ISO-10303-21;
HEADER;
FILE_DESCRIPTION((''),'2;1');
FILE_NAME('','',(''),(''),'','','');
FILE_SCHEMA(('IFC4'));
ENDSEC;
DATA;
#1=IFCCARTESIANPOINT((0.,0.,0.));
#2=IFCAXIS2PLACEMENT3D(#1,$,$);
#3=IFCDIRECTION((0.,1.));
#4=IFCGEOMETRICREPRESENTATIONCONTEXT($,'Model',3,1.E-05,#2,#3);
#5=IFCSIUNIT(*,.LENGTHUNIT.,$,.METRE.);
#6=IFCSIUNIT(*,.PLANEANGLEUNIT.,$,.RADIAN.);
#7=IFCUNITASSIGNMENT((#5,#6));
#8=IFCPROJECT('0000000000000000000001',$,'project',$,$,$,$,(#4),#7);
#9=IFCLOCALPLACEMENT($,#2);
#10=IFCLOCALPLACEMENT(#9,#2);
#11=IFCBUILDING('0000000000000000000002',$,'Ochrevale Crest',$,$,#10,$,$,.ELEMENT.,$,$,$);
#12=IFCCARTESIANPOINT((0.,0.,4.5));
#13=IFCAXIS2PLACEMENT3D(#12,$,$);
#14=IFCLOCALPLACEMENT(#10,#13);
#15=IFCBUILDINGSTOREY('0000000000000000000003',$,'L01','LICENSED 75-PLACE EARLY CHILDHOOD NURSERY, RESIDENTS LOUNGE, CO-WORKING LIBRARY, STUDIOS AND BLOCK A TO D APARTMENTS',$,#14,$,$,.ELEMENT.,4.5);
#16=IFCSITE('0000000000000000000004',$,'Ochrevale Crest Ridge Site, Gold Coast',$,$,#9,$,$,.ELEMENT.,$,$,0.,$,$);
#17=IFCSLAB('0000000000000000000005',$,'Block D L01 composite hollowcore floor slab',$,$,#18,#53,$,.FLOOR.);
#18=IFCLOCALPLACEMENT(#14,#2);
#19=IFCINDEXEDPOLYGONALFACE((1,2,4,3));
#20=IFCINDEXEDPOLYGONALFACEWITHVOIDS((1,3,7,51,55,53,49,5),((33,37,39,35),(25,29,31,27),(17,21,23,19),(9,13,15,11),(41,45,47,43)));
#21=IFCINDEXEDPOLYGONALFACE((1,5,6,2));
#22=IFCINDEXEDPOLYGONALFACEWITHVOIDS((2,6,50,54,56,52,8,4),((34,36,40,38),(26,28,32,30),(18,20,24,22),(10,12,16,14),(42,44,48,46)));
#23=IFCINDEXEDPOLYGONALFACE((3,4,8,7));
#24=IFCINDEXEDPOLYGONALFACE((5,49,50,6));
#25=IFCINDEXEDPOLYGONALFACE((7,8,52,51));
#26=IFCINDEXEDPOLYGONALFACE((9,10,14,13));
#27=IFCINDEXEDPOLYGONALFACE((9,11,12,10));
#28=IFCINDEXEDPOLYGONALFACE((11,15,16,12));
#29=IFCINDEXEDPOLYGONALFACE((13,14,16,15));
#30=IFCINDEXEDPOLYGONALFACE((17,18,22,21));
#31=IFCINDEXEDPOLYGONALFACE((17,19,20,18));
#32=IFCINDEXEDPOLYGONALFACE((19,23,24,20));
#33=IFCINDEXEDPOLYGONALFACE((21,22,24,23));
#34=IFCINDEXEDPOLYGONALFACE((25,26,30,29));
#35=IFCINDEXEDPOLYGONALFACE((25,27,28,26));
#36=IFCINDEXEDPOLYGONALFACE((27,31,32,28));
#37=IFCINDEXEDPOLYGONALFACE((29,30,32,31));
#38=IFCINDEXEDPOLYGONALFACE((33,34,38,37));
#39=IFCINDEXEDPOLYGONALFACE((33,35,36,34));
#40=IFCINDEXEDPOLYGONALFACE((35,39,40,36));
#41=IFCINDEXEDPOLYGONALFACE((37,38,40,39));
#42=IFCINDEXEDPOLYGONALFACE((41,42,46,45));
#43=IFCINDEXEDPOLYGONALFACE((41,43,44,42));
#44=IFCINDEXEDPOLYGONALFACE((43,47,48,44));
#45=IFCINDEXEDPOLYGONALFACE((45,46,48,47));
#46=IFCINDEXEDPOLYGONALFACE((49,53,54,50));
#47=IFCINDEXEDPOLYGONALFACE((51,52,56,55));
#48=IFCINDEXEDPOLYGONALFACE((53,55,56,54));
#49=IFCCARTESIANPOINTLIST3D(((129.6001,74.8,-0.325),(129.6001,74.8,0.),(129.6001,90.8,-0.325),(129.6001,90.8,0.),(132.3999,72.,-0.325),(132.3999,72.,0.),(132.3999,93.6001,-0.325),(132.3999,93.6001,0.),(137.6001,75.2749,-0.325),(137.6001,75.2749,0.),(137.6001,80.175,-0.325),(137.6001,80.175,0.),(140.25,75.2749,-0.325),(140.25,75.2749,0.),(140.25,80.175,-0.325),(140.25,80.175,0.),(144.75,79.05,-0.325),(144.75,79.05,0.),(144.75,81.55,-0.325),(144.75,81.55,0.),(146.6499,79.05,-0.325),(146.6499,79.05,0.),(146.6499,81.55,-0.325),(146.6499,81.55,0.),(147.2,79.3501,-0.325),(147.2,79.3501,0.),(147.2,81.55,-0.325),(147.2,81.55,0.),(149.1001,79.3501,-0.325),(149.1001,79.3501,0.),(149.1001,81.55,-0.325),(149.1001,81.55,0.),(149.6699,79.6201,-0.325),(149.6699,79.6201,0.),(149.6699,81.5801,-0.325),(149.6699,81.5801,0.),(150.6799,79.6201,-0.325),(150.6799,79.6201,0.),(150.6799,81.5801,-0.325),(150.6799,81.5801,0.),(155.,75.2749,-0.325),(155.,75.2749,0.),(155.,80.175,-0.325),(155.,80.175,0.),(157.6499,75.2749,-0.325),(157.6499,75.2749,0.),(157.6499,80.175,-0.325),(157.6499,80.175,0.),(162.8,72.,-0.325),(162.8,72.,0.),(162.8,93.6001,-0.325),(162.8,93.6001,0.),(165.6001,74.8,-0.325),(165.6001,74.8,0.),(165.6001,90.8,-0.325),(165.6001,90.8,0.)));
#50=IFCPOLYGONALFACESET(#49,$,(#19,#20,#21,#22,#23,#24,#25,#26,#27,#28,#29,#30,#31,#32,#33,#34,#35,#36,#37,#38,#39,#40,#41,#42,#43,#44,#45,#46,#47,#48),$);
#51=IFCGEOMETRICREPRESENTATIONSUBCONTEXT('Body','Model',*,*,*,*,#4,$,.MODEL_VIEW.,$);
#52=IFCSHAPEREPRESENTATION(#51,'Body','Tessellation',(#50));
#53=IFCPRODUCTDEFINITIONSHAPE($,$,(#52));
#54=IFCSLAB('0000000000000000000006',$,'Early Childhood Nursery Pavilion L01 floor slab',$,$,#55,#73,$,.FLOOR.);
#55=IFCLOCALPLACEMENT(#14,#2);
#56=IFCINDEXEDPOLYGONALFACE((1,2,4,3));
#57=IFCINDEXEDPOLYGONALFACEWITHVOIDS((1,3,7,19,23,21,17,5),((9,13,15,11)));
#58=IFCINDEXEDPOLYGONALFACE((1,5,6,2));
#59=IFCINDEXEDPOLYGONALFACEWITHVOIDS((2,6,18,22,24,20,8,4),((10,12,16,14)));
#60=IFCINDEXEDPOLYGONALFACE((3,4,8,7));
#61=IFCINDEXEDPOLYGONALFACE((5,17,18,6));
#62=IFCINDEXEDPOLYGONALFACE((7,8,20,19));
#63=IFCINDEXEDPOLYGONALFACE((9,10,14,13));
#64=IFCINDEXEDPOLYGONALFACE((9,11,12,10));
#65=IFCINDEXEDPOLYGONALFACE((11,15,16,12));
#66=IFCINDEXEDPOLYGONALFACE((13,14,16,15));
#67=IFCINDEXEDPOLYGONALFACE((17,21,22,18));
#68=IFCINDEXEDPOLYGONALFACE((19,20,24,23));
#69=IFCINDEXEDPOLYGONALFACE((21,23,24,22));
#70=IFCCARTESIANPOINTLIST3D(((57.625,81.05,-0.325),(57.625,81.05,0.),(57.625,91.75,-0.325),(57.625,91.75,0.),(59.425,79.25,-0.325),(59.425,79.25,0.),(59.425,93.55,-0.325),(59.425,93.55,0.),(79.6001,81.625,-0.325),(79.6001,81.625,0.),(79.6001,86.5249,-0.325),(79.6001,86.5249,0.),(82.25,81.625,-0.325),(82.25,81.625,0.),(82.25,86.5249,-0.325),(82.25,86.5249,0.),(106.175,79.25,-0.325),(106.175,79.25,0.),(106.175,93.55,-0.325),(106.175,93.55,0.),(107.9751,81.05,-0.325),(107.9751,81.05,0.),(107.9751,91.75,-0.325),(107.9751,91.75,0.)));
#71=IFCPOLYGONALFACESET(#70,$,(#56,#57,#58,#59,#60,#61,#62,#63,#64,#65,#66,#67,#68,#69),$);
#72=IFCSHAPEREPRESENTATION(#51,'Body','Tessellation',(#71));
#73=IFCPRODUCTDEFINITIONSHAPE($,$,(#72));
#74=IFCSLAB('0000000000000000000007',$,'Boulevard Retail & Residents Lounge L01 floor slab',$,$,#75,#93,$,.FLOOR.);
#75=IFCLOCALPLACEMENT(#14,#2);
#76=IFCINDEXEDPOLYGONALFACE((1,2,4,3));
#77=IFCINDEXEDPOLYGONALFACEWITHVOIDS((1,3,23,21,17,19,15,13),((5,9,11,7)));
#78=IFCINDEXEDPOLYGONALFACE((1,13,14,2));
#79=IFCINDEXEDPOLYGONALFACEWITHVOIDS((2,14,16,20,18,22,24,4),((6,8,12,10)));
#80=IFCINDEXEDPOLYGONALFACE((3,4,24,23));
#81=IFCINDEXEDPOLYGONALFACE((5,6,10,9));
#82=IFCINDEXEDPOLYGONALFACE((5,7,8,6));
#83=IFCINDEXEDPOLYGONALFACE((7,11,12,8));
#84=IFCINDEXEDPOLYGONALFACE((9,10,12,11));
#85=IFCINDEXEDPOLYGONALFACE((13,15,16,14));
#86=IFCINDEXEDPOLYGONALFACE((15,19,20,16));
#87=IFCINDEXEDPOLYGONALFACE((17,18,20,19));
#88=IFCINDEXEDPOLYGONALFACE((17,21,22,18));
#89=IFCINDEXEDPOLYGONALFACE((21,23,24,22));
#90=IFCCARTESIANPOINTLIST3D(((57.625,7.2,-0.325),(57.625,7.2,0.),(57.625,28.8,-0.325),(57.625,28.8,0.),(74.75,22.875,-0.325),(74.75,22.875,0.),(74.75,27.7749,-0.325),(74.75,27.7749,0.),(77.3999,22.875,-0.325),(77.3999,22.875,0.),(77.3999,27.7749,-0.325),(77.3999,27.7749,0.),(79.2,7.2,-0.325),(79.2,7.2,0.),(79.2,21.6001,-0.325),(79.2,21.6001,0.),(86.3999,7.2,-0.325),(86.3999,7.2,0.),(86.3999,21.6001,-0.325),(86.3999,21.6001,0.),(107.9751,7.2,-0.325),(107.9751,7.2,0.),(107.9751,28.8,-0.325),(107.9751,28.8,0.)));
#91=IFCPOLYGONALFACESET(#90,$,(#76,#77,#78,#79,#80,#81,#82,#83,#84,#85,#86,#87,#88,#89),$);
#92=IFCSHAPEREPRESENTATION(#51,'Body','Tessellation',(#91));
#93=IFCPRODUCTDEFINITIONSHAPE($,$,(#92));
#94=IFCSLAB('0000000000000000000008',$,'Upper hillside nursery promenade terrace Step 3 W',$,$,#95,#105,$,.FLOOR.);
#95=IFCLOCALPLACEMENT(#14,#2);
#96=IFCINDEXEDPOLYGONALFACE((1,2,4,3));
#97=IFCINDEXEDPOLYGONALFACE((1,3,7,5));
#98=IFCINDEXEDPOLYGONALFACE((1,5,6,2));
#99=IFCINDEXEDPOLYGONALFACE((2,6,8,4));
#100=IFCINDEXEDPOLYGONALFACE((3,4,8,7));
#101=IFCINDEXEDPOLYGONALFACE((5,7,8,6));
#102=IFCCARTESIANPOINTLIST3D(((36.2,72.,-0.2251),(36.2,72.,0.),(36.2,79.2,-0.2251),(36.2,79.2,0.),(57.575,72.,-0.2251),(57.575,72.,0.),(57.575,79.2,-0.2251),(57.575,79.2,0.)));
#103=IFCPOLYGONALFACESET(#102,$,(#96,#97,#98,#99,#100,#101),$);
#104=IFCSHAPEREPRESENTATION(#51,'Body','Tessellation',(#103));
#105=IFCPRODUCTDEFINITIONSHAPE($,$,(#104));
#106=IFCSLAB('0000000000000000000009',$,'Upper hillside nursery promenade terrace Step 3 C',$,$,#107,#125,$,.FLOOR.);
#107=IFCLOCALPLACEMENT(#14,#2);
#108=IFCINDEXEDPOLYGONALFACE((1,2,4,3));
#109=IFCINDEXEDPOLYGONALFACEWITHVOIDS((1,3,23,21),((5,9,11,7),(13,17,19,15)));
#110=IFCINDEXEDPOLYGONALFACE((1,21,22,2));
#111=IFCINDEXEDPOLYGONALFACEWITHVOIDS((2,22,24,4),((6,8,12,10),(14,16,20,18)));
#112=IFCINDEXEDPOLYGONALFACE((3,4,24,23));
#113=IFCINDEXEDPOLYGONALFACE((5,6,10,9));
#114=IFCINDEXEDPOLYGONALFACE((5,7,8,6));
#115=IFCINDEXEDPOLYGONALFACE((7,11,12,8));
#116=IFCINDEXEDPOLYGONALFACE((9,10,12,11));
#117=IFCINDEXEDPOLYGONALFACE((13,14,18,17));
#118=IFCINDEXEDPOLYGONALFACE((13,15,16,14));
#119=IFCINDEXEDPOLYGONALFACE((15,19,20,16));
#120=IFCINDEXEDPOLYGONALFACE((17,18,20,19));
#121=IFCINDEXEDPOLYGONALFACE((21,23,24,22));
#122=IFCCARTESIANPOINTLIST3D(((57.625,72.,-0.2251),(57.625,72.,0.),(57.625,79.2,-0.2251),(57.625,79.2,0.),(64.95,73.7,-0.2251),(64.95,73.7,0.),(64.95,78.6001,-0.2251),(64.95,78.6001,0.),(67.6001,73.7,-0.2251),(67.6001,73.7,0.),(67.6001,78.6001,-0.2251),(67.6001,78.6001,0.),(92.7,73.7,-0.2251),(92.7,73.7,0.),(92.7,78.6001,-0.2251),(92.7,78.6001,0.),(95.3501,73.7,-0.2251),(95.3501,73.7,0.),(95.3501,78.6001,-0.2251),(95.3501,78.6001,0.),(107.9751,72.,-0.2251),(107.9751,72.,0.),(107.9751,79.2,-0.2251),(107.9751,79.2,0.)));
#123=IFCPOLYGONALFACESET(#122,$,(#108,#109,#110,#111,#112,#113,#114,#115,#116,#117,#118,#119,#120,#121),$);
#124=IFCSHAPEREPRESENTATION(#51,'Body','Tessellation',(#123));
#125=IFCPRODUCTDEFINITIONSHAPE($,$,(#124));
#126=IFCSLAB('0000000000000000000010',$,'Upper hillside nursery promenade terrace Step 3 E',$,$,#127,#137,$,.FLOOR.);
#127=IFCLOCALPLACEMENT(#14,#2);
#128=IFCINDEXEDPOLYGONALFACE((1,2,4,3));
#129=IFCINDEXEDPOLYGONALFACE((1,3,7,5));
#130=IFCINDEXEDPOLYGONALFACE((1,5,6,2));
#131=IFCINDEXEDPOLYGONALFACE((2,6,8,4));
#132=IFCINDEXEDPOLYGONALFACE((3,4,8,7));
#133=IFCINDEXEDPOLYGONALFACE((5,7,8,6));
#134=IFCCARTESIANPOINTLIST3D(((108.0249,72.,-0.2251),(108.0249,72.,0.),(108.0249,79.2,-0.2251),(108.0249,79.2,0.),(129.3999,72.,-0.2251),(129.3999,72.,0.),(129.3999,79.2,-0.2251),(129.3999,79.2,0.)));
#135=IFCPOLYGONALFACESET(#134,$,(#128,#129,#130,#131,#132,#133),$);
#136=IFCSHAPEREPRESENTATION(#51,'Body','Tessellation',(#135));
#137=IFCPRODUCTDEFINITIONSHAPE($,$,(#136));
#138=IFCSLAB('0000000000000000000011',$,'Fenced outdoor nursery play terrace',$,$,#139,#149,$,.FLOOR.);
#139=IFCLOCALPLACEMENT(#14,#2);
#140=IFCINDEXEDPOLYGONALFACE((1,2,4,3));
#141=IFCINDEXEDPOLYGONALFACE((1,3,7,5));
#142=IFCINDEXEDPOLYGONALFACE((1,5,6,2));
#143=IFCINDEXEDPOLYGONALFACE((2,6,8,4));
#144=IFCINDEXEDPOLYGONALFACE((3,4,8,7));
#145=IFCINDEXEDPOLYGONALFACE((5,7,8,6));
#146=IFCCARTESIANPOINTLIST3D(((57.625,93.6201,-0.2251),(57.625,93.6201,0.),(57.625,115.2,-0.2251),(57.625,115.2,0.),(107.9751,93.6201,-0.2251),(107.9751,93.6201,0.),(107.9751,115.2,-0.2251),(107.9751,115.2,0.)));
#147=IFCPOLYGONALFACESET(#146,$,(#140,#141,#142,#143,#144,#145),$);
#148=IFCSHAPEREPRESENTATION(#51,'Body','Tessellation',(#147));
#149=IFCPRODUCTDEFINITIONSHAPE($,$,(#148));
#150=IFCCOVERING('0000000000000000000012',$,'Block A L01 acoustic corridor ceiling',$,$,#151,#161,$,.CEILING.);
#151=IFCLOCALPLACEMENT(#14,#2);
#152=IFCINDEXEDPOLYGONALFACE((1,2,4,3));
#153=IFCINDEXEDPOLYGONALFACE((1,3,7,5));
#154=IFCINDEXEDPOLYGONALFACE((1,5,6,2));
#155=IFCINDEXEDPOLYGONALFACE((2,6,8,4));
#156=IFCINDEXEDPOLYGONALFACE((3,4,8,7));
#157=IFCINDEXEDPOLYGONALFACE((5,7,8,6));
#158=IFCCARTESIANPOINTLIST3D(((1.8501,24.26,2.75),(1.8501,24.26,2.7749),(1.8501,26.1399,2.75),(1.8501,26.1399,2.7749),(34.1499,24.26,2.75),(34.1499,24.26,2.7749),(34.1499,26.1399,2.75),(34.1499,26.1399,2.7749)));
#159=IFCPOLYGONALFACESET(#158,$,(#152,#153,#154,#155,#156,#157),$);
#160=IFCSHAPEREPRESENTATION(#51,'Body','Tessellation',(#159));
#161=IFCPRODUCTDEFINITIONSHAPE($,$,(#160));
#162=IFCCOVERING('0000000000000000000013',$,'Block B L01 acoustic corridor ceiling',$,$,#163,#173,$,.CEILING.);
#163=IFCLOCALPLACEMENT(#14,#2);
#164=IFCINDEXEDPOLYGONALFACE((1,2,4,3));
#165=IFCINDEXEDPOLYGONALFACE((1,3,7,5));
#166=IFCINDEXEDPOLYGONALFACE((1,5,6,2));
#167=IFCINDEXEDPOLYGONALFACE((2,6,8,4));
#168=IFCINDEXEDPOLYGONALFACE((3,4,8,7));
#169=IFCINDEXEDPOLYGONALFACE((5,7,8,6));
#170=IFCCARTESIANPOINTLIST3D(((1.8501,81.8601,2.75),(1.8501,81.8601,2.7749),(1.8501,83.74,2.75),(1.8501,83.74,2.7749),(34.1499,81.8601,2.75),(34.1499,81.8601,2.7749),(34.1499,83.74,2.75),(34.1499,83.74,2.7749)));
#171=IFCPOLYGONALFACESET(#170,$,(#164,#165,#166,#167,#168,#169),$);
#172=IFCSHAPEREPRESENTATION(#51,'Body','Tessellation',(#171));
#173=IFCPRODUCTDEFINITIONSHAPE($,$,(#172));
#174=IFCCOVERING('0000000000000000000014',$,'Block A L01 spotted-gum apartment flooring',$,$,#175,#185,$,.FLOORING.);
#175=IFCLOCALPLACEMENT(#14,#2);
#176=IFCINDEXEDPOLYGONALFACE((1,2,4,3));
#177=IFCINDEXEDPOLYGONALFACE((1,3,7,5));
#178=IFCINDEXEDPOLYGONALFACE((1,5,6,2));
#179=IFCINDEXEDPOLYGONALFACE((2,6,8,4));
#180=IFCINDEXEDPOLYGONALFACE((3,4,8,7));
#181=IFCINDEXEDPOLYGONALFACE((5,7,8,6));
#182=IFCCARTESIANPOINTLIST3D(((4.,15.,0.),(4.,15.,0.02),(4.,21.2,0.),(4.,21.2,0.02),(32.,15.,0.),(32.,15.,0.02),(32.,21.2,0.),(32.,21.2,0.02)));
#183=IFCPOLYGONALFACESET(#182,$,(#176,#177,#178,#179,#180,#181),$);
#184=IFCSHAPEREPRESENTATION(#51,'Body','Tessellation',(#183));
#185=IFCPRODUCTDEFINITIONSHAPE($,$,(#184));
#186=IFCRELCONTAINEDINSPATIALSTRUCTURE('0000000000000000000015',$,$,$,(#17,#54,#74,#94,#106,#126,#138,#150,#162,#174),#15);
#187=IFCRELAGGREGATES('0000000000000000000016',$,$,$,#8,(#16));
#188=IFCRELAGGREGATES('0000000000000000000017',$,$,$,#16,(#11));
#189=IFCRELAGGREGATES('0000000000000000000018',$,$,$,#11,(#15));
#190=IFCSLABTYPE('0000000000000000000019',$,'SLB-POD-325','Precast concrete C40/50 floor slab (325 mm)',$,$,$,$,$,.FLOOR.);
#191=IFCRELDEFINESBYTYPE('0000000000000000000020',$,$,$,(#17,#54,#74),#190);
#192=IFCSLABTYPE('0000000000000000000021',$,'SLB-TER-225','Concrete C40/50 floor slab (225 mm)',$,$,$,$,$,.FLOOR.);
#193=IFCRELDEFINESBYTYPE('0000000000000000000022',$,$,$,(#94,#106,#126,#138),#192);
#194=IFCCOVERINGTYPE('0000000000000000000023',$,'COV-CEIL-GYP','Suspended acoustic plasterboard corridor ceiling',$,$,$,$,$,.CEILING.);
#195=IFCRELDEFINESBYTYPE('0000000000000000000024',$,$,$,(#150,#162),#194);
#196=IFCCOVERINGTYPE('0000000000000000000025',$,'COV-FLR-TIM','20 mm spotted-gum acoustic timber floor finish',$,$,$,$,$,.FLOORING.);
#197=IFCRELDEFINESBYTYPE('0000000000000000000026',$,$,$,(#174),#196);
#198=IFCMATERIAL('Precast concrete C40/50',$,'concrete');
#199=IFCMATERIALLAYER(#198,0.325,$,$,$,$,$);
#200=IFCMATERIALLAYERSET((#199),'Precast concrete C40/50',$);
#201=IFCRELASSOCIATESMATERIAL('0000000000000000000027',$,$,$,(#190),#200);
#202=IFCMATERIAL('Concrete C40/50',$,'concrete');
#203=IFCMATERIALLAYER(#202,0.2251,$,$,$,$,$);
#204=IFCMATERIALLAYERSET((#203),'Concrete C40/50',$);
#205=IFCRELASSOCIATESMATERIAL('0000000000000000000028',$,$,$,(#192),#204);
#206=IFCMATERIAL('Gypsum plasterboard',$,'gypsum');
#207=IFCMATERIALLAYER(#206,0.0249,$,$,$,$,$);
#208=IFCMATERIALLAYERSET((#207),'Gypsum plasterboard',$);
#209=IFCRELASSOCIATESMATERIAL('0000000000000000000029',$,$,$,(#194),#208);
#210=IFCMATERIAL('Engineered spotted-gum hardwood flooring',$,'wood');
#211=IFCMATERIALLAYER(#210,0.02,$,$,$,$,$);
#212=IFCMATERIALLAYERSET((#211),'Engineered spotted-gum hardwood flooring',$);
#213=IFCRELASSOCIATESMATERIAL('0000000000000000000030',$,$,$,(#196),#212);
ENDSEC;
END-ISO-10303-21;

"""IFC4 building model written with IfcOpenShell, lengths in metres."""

from ifc_helpers import new_model, si_unit, direction, frame, origin, place, context, subcontext, project, spatial, polyline, outline, extrude, material, layer, layer_set, type_object, element, save


model = new_model("IFC4")

# Units and contexts
model_context = context("Model", 3, precision=1e-05, world=origin(), true_north=direction((0.0, 1.0)))
body_context = subcontext(model_context, "Body", "Model", "MODEL_VIEW")
ifc_project = project(units=[si_unit("LENGTHUNIT", "METRE"), si_unit("PLANEANGLEUNIT", "RADIAN")], contexts=[model_context])

# Site, building, storey
site_placement = place(None, origin())
site = spatial("IfcSite", under=ifc_project, at=site_placement, Name="Ochrevale Crest Ridge Site, Gold Coast", CompositionType="ELEMENT", RefElevation=0.0)
building_placement = place(site_placement, origin())
building = spatial("IfcBuilding", under=site, at=building_placement, Name="Ochrevale Crest", CompositionType="ELEMENT")
storey_placement = place(building_placement, frame((0.0, 0.0, 4.5)))
storey = spatial("IfcBuildingStorey", under=building, at=storey_placement, Name="L01", Description="LICENSED 75-PLACE EARLY CHILDHOOD NURSERY, RESIDENTS LOUNGE, CO-WORKING LIBRARY, STUDIOS AND BLOCK A TO D APARTMENTS", CompositionType="ELEMENT", Elevation=4.5)

# Slabs
ifc_material_1 = material(Name="Precast concrete C40/50", Category="concrete")
ifc_layer_1 = layer(ifc_material_1, 0.325)
ifc_layer_set_1 = layer_set([ifc_layer_1], Name="Precast concrete C40/50")
slab_type_1 = type_object("IfcSlabType", Name="SLB-POD-325", Description="Precast concrete C40/50 floor slab (325 mm)", PredefinedType="FLOOR", material=ifc_layer_set_1)
slab_1_placement = place(storey_placement, frame((0.0, 0.0, -0.325)))
element("IfcSlab", 1, at=slab_1_placement, inside=storey, type_object=slab_type_1, Name="Block D L01 composite hollowcore floor slab", PredefinedType="FLOOR", context=body_context, shape_type="SweptSolid", body=[
    extrude(outline(polyline([(132.3999, 72.0), (162.8, 72.0), (165.6001, 74.8), (165.6001, 90.8), (162.8, 93.6001), (132.3999, 93.6001), (129.6001, 90.8), (129.6001, 74.8), (132.3999, 72.0)]), holes=[polyline([(137.6001, 80.175), (137.6001, 75.2749), (140.25, 75.2749), (140.25, 80.175), (137.6001, 80.175)]), polyline([(155.0, 80.175), (155.0, 75.2749), (157.6499, 75.2749), (157.6499, 80.175), (155.0, 80.175)]), polyline([(144.75, 79.05), (146.6499, 79.05), (146.6499, 81.55), (144.75, 81.55), (144.75, 79.05)]), polyline([(147.2, 79.3501), (149.1001, 79.3501), (149.1001, 81.55), (147.2, 81.55), (147.2, 79.3501)]), polyline([(149.6699, 79.6201), (150.6799, 79.6201), (150.6799, 81.5801), (149.6699, 81.5801), (149.6699, 79.6201)])]), origin(), (0.0, 0.0, 1.0), 0.325),
])
slab_2_placement = place(storey_placement, frame((0.0, 0.0, -0.325)))
element("IfcSlab", 2, at=slab_2_placement, inside=storey, type_object=slab_type_1, Name="Early Childhood Nursery Pavilion L01 floor slab", PredefinedType="FLOOR", context=body_context, shape_type="SweptSolid", body=[
    extrude(outline(polyline([(59.425, 79.25), (106.175, 79.25), (107.9751, 81.05), (107.9751, 91.75), (106.175, 93.55), (59.425, 93.55), (57.625, 91.75), (57.625, 81.05), (59.425, 79.25)]), holes=[polyline([(82.25, 81.625), (82.25, 86.5249), (79.6001, 86.5249), (79.6001, 81.625), (82.25, 81.625)])]), origin(), (0.0, 0.0, 1.0), 0.325),
])
slab_3_placement = place(storey_placement, frame((0.0, 0.0, -0.325)))
element("IfcSlab", 3, at=slab_3_placement, inside=storey, type_object=slab_type_1, Name="Boulevard Retail & Residents Lounge L01 floor slab", PredefinedType="FLOOR", context=body_context, shape_type="SweptSolid", body=[
    extrude(outline(polyline([(57.625, 7.2), (79.2, 7.2), (79.2, 21.6001), (86.3999, 21.6001), (86.3999, 7.2), (107.9751, 7.2), (107.9751, 28.8), (57.625, 28.8), (57.625, 7.2)]), holes=[polyline([(77.3999, 22.875), (77.3999, 27.7749), (74.75, 27.7749), (74.75, 22.875), (77.3999, 22.875)])]), origin(), (0.0, 0.0, 1.0), 0.325),
])
ifc_material_2 = material(Name="Concrete C40/50", Category="concrete")
ifc_layer_2 = layer(ifc_material_2, 0.2251)
ifc_layer_set_2 = layer_set([ifc_layer_2], Name="Concrete C40/50")
slab_type_2 = type_object("IfcSlabType", Name="SLB-TER-225", Description="Concrete C40/50 floor slab (225 mm)", PredefinedType="FLOOR", material=ifc_layer_set_2)
slab_4_placement = place(storey_placement, frame((0.0, 0.0, -0.2251)))
element("IfcSlab", 4, at=slab_4_placement, inside=storey, type_object=slab_type_2, Name="Upper hillside nursery promenade terrace Step 3 W", PredefinedType="FLOOR", context=body_context, shape_type="SweptSolid", body=[
    extrude(outline(polyline([(36.2, 72.0), (57.575, 72.0), (57.575, 79.2), (36.2, 79.2), (36.2, 72.0)])), origin(), (0.0, 0.0, 1.0), 0.2251),
])
slab_5_placement = place(storey_placement, frame((0.0, 0.0, -0.2251)))
element("IfcSlab", 5, at=slab_5_placement, inside=storey, type_object=slab_type_2, Name="Upper hillside nursery promenade terrace Step 3 C", PredefinedType="FLOOR", context=body_context, shape_type="SweptSolid", body=[
    extrude(outline(polyline([(57.625, 72.0), (107.9751, 72.0), (107.9751, 79.2), (57.625, 79.2), (57.625, 72.0)]), holes=[polyline([(67.6001, 73.7), (67.6001, 78.6001), (64.95, 78.6001), (64.95, 73.7), (67.6001, 73.7)]), polyline([(95.3501, 73.7), (95.3501, 78.6001), (92.7, 78.6001), (92.7, 73.7), (95.3501, 73.7)])]), origin(), (0.0, 0.0, 1.0), 0.2251),
])
slab_6_placement = place(storey_placement, frame((0.0, 0.0, -0.2251)))
element("IfcSlab", 6, at=slab_6_placement, inside=storey, type_object=slab_type_2, Name="Upper hillside nursery promenade terrace Step 3 E", PredefinedType="FLOOR", context=body_context, shape_type="SweptSolid", body=[
    extrude(outline(polyline([(108.0249, 72.0), (129.3999, 72.0), (129.3999, 79.2), (108.0249, 79.2), (108.0249, 72.0)])), origin(), (0.0, 0.0, 1.0), 0.2251),
])
slab_7_placement = place(storey_placement, frame((0.0, 0.0, -0.2251)))
element("IfcSlab", 7, at=slab_7_placement, inside=storey, type_object=slab_type_2, Name="Fenced outdoor nursery play terrace", PredefinedType="FLOOR", context=body_context, shape_type="SweptSolid", body=[
    extrude(outline(polyline([(57.625, 93.6201), (107.9751, 93.6201), (107.9751, 115.2), (57.625, 115.2), (57.625, 93.6201)])), origin(), (0.0, 0.0, 1.0), 0.2251),
])

# Coverings
ifc_material_3 = material(Name="Gypsum plasterboard", Category="gypsum")
ifc_layer_3 = layer(ifc_material_3, 0.0249)
ifc_layer_set_3 = layer_set([ifc_layer_3], Name="Gypsum plasterboard")
covering_type_1 = type_object("IfcCoveringType", Name="COV-CEIL-GYP", Description="Suspended acoustic plasterboard corridor ceiling", PredefinedType="CEILING", material=ifc_layer_set_3)
covering_1_placement = place(storey_placement, frame((0.0, 0.0, 2.75)))
element("IfcCovering", 8, at=covering_1_placement, inside=storey, type_object=covering_type_1, Name="Block A L01 acoustic corridor ceiling", PredefinedType="CEILING", context=body_context, shape_type="SweptSolid", body=[
    extrude(outline(polyline([(1.8501, 24.26), (34.1499, 24.26), (34.1499, 26.1399), (1.8501, 26.1399), (1.8501, 24.26)])), origin(), (0.0, 0.0, 1.0), 0.0249),
])
covering_2_placement = place(storey_placement, frame((0.0, 0.0, 2.75)))
element("IfcCovering", 9, at=covering_2_placement, inside=storey, type_object=covering_type_1, Name="Block B L01 acoustic corridor ceiling", PredefinedType="CEILING", context=body_context, shape_type="SweptSolid", body=[
    extrude(outline(polyline([(1.8501, 81.8601), (34.1499, 81.8601), (34.1499, 83.74), (1.8501, 83.74), (1.8501, 81.8601)])), origin(), (0.0, 0.0, 1.0), 0.0249),
])
ifc_material_4 = material(Name="Engineered spotted-gum hardwood flooring", Category="wood")
ifc_layer_4 = layer(ifc_material_4, 0.02)
ifc_layer_set_4 = layer_set([ifc_layer_4], Name="Engineered spotted-gum hardwood flooring")
covering_type_2 = type_object("IfcCoveringType", Name="COV-FLR-TIM", Description="20 mm spotted-gum acoustic timber floor finish", PredefinedType="FLOORING", material=ifc_layer_set_4)
covering_3_placement = place(storey_placement, origin())
element("IfcCovering", 10, at=covering_3_placement, inside=storey, type_object=covering_type_2, Name="Block A L01 spotted-gum apartment flooring", PredefinedType="FLOORING", context=body_context, shape_type="SweptSolid", body=[
    extrude(outline(polyline([(4.0, 15.0), (32.0, 15.0), (32.0, 21.2), (4.0, 21.2), (4.0, 15.0)])), origin(), (0.0, 0.0, 1.0), 0.02),
])

save(model, "model.ifc")
